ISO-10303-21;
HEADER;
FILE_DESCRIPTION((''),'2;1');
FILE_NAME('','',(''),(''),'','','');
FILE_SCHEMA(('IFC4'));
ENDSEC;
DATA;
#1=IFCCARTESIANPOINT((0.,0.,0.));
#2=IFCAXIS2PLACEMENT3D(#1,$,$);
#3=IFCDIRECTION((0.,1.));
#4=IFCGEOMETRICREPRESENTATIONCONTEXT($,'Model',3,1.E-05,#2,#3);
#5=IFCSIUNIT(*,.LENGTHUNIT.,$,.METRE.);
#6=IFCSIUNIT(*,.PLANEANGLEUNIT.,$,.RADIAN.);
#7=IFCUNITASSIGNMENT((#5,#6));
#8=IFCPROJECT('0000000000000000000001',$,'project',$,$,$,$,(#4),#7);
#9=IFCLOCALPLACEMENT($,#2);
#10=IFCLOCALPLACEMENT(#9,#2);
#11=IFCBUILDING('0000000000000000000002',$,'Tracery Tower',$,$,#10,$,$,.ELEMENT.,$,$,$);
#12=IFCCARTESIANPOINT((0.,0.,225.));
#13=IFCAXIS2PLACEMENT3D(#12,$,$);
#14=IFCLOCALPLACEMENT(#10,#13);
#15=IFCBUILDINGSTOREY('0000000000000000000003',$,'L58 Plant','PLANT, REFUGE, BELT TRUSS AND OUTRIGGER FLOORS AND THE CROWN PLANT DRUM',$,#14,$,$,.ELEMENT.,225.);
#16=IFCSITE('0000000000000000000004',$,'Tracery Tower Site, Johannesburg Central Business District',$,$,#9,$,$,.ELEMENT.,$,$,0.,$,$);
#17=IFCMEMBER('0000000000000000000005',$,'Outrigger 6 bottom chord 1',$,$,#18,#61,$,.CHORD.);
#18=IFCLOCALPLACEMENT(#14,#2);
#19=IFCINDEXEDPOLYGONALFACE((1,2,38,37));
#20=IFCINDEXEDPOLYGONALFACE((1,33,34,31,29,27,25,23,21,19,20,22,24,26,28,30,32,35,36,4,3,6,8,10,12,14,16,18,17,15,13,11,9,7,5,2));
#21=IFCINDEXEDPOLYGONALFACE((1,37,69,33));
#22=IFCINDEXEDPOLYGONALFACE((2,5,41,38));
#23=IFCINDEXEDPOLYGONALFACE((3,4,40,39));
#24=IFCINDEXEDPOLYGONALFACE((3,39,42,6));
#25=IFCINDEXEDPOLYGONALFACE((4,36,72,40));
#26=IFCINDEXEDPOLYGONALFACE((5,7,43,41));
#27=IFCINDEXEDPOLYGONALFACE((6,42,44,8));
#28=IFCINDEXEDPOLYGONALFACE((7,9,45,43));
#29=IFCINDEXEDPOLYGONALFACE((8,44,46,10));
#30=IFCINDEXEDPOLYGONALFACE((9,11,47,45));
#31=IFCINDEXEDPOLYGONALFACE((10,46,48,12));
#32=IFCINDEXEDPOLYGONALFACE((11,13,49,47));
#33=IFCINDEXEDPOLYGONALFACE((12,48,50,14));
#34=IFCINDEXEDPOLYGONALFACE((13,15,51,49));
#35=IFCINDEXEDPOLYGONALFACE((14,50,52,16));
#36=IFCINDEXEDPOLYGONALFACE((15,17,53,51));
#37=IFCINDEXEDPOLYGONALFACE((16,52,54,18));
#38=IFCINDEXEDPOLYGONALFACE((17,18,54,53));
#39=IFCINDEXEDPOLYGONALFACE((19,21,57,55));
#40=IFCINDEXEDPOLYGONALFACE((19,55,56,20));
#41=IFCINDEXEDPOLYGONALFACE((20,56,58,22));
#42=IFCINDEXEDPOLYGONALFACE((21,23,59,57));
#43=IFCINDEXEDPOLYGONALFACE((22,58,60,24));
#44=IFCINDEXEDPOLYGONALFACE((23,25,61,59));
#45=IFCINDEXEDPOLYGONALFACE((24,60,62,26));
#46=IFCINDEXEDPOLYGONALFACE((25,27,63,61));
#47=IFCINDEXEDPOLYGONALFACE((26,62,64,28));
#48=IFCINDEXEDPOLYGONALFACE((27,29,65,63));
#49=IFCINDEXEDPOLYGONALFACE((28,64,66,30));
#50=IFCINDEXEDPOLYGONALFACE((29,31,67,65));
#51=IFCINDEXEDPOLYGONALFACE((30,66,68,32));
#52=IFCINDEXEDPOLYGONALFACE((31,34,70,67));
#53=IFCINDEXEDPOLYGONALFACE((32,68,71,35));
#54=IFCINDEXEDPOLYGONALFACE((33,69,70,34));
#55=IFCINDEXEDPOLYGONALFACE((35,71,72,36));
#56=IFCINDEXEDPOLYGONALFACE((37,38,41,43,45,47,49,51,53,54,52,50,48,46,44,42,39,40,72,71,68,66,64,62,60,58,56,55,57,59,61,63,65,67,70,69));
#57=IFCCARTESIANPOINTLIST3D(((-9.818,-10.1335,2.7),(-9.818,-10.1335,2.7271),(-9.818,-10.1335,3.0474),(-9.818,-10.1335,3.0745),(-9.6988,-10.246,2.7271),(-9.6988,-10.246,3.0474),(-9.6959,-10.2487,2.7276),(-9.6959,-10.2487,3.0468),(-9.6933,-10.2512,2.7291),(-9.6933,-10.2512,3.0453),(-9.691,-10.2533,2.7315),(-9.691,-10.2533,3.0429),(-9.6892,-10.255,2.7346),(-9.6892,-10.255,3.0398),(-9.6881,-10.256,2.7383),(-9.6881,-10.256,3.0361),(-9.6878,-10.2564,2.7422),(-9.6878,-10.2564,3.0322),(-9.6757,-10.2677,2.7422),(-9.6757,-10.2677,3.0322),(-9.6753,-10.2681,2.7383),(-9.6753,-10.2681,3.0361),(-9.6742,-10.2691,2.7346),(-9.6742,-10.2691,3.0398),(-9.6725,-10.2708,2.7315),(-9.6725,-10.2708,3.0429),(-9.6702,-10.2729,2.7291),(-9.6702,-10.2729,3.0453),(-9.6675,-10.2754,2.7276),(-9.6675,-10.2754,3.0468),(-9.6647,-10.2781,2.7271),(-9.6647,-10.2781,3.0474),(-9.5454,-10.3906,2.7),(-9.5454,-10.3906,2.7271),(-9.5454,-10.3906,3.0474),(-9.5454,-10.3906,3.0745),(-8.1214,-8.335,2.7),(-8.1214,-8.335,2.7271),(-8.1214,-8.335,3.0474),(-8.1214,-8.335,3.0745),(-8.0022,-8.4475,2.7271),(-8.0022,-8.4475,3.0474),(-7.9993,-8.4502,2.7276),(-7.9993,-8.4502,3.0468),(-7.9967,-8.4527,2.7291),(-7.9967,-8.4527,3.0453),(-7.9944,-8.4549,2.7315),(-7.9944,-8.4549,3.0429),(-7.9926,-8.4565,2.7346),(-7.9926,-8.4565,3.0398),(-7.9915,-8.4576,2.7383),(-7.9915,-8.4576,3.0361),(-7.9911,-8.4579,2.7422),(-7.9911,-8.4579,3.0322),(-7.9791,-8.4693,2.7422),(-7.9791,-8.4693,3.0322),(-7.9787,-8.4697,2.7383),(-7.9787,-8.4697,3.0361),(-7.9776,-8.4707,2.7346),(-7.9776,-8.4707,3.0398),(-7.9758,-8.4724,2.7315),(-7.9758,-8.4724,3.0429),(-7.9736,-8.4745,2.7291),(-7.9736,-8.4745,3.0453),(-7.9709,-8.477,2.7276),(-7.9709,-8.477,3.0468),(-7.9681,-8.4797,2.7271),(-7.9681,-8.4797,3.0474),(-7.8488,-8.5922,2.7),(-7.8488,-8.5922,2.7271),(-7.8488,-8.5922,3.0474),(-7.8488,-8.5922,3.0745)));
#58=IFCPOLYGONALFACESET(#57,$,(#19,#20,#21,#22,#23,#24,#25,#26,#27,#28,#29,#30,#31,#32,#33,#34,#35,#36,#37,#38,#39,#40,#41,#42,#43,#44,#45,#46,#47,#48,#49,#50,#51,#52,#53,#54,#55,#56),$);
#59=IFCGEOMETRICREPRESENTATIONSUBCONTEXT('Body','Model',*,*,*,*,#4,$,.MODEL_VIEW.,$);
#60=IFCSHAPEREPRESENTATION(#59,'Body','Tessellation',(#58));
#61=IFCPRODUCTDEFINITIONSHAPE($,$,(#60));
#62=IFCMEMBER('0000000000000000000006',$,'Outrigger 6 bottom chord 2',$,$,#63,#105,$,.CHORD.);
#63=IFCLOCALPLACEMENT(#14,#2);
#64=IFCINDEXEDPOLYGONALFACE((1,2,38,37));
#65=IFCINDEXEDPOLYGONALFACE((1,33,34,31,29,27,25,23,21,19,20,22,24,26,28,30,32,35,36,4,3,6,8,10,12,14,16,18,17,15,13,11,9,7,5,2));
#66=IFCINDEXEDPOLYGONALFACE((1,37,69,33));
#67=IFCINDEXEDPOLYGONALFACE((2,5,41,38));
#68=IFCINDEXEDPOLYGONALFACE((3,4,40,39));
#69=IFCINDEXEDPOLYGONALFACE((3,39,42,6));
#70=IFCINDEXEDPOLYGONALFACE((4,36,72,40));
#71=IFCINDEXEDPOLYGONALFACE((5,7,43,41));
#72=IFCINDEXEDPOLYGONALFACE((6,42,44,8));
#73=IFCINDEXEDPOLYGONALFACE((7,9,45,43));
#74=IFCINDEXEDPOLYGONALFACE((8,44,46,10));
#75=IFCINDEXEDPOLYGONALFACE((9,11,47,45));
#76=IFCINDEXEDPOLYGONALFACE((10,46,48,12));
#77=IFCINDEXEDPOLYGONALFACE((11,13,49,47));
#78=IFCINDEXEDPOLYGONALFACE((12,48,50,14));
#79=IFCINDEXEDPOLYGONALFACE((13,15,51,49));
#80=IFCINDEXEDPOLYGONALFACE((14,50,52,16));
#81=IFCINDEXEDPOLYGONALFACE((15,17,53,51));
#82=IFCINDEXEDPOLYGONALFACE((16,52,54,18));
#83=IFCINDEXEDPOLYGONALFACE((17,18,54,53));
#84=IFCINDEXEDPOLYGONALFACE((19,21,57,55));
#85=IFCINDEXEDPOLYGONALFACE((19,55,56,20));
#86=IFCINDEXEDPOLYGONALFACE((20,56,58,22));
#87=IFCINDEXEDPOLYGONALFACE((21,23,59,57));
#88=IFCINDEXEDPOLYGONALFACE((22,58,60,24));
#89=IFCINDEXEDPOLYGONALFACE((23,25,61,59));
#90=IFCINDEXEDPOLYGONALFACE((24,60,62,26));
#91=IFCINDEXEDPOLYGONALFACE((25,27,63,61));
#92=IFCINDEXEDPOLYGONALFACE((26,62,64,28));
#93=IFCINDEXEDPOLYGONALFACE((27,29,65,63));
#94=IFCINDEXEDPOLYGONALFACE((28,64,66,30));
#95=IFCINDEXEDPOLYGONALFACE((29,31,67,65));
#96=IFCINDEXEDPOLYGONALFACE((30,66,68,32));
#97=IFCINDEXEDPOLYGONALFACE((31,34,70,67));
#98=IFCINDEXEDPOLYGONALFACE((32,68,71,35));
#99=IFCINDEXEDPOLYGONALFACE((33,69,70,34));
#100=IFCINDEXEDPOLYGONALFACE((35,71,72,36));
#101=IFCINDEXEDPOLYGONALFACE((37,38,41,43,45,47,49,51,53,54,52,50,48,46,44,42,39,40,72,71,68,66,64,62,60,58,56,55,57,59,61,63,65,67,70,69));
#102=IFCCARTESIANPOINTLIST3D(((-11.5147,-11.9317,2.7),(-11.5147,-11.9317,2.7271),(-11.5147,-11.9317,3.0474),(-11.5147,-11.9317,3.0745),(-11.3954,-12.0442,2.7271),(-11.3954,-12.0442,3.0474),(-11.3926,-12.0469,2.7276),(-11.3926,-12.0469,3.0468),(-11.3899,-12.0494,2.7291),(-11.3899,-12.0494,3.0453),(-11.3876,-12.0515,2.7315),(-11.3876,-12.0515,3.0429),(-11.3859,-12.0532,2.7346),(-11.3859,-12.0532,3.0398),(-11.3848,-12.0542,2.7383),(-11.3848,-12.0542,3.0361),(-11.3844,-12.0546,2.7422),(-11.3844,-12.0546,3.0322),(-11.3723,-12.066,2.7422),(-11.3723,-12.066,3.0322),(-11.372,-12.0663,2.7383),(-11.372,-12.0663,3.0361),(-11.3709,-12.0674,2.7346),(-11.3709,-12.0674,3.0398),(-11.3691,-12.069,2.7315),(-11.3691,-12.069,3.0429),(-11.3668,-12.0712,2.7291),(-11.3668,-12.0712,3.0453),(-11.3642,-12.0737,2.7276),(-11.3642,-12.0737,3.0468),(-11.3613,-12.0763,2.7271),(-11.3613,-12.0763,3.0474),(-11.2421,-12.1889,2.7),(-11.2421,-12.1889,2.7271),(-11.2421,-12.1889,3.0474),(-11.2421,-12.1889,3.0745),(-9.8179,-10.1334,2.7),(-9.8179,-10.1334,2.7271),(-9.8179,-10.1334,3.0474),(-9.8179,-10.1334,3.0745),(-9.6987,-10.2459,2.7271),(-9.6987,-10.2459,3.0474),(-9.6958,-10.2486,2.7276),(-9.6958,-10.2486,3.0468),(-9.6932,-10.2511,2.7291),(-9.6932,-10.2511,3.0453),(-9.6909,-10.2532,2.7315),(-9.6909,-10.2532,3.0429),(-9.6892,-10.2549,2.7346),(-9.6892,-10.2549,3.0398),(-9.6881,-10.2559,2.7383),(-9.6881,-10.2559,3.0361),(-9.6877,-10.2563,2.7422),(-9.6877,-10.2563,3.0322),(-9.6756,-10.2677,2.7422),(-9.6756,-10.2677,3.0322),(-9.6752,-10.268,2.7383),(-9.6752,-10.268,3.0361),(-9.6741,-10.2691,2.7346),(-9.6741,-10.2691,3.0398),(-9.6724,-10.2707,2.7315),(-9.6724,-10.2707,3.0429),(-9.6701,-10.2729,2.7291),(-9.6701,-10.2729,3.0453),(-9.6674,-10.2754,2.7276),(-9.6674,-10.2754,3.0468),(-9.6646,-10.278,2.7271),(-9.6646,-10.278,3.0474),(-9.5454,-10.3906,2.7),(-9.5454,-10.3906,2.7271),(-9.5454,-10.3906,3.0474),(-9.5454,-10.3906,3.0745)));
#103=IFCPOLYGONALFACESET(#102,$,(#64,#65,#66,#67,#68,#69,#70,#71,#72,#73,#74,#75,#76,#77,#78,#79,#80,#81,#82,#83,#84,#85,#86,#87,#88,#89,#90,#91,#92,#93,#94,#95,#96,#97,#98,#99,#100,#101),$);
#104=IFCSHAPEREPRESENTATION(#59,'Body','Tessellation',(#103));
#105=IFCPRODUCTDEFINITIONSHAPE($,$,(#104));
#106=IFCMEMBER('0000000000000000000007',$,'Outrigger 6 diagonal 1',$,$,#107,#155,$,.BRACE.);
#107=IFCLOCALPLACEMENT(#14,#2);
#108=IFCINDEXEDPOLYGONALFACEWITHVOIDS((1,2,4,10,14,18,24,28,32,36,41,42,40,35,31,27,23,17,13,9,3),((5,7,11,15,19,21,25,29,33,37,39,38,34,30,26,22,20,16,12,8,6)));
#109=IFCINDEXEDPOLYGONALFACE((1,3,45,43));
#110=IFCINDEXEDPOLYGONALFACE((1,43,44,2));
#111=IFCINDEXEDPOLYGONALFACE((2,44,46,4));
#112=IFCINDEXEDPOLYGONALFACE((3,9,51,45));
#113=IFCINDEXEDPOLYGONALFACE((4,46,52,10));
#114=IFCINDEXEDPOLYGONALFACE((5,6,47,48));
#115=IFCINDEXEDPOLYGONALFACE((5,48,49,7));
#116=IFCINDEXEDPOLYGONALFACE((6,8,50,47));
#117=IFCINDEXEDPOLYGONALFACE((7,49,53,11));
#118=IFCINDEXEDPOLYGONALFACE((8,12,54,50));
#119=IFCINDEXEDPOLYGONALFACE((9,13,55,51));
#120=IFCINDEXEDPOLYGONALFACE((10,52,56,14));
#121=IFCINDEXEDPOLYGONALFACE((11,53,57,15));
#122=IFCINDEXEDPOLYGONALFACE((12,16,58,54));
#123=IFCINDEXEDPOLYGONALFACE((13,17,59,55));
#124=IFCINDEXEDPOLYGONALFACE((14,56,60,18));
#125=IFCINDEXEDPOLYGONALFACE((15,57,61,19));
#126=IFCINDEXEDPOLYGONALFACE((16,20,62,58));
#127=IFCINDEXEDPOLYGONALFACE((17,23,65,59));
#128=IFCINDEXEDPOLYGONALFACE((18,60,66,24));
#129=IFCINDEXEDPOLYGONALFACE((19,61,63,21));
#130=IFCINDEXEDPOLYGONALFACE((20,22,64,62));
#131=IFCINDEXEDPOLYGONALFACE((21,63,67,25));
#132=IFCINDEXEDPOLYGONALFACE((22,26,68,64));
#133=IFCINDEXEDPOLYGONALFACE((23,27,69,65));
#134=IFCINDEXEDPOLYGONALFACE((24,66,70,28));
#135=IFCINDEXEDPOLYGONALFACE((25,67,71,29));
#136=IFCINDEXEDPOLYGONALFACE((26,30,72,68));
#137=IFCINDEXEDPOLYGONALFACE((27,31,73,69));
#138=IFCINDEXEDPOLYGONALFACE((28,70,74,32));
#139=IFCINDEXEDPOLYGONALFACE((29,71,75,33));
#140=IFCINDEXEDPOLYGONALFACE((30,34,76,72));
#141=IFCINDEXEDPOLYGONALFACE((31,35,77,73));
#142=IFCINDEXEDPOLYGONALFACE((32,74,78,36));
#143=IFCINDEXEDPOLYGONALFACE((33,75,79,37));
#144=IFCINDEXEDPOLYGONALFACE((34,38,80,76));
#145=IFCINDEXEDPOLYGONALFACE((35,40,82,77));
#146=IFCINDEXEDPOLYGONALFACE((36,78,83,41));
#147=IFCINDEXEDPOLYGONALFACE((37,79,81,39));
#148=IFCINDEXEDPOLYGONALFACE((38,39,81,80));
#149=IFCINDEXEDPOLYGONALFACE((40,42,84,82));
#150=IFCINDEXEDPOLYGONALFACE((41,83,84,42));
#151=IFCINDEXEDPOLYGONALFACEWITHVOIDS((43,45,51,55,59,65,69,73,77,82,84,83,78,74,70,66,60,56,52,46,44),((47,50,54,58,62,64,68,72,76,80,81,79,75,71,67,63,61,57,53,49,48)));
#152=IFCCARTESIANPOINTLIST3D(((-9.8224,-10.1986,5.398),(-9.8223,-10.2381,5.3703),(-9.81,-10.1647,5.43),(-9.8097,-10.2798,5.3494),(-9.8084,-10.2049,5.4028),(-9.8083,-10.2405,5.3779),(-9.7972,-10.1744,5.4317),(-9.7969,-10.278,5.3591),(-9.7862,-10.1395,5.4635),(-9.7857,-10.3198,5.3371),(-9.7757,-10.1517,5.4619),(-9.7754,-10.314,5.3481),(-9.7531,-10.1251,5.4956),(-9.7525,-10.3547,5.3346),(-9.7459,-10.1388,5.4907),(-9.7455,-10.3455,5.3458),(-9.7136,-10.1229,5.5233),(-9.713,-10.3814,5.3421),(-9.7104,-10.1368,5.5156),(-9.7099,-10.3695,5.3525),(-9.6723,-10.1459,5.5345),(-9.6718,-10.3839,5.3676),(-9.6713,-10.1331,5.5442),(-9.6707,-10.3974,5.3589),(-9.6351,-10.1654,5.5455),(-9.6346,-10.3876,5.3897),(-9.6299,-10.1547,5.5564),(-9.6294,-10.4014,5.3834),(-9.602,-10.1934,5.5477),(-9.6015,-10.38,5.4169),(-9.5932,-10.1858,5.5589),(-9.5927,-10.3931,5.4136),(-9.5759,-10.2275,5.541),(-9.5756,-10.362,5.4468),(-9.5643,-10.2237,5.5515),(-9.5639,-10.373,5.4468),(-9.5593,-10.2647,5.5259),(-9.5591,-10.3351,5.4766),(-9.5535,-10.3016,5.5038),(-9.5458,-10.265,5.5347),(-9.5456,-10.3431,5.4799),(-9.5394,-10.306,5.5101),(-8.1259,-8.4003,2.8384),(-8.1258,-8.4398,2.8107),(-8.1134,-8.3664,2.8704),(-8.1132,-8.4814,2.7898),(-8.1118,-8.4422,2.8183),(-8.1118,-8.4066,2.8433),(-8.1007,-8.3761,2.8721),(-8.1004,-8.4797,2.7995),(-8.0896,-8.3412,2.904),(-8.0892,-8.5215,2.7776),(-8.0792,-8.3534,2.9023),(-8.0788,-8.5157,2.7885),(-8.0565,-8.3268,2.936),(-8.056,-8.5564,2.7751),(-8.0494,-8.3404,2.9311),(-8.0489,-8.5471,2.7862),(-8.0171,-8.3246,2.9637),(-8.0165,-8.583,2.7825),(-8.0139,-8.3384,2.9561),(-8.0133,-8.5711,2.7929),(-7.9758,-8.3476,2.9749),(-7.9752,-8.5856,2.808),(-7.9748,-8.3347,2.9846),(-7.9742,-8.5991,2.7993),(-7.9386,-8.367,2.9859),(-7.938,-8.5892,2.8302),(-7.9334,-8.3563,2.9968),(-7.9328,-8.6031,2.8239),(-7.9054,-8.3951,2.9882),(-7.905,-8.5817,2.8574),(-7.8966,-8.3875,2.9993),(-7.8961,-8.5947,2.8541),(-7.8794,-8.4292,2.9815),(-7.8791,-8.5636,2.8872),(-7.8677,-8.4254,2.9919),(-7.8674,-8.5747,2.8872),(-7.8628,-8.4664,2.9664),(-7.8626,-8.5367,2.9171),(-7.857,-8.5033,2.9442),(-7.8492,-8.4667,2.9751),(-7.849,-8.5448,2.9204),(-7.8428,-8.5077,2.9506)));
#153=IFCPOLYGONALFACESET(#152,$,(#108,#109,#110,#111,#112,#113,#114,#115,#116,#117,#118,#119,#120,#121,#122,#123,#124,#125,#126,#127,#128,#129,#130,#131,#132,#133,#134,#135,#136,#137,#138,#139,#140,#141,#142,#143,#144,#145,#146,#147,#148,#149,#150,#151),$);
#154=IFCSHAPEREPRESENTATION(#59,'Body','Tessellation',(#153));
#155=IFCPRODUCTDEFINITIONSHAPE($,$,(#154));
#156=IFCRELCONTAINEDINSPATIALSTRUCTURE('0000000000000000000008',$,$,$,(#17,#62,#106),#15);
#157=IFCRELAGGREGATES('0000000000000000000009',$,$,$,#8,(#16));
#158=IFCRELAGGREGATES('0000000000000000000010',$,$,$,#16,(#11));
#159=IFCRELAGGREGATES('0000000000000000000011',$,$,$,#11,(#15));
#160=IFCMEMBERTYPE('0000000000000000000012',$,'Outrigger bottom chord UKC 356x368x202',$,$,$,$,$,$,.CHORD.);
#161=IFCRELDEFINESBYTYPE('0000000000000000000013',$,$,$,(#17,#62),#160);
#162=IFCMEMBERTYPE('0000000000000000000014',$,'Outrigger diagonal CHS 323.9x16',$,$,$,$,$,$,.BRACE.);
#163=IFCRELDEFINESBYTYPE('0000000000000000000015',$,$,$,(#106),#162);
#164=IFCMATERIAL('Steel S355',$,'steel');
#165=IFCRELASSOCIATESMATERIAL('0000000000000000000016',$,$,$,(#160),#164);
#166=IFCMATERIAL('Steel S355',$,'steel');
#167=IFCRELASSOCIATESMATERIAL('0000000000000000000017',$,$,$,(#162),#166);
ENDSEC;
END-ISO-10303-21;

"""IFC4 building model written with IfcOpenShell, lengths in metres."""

from ifc_helpers import new_model, si_unit, direction, frame, origin, origin_2d, place, context, subcontext, project, spatial, hollow_circle, i_section, extrude, material, material_profile, profile_set, type_object, element, save


model = new_model("IFC4")

# Units and contexts
model_context = context("Model", 3, precision=1e-05, world=origin(), true_north=direction((0.0, 1.0)))
body_context = subcontext(model_context, "Body", "Model", "MODEL_VIEW")
ifc_project = project(units=[si_unit("LENGTHUNIT", "METRE"), si_unit("PLANEANGLEUNIT", "RADIAN")], contexts=[model_context])

# Site, building, storey
site_placement = place(None, origin())
site = spatial("IfcSite", under=ifc_project, at=site_placement, Name="Tracery Tower Site, Johannesburg Central Business District", CompositionType="ELEMENT", RefElevation=0.0)
building_placement = place(site_placement, origin())
building = spatial("IfcBuilding", under=site, at=building_placement, Name="Tracery Tower", CompositionType="ELEMENT")
storey_placement = place(building_placement, frame((0.0, 0.0, 225.0)))
storey = spatial("IfcBuildingStorey", under=building, at=storey_placement, Name="L58 Plant", Description="PLANT, REFUGE, BELT TRUSS AND OUTRIGGER FLOORS AND THE CROWN PLANT DRUM", CompositionType="ELEMENT", Elevation=225.0)

# Members
ifc_material_1 = material(Name="Steel S355", Category="steel")
ifc_material_profile_1 = material_profile(ifc_material_1, i_section(OverallWidth=0.3748, OverallDepth=0.3745, WebThickness=0.0166, FlangeThickness=0.0271, FilletRadius=0.0151, at=origin_2d()), Name="UKC 356x368x202")
ifc_profile_set_1 = profile_set([ifc_material_profile_1], Name="Steel S355")
member_type_1 = type_object("IfcMemberType", Name="Outrigger bottom chord UKC 356x368x202", PredefinedType="CHORD", material=ifc_profile_set_1)
for number, where, z_axis, x_axis, name in (
    (1, (-7.9851, -8.4636, 2.8872), (-0.686217, -0.727396, 0.0), (0.727396, -0.686217, 0.0), "Outrigger 6 bottom chord 1"),
    (2, (-9.6816, -10.262, 2.8872), (-0.68627, -0.727347, 0.0), (0.727347, -0.68627, 0.0), "Outrigger 6 bottom chord 2"),
):
    element("IfcMember", number, at=place(storey_placement, frame(where, z_axis=z_axis, x_axis=x_axis)), inside=storey, type_object=member_type_1, Name=name, PredefinedType="CHORD", context=body_context, shape_type="SweptSolid", body=[
        extrude(i_section(OverallWidth=0.3748, OverallDepth=0.3745, WebThickness=0.0166, FlangeThickness=0.0271, FilletRadius=0.0151, at=origin_2d()), origin(), (0.0, 0.0, 1.0), 2.4724),
    ])
ifc_material_2 = material(Name="Steel S355", Category="steel")
ifc_material_profile_2 = material_profile(ifc_material_2, hollow_circle(Radius=0.1619, WallThickness=0.0161, at=origin_2d()), Name="CHS 323.9x16")
ifc_profile_set_2 = profile_set([ifc_material_profile_2], Name="Steel S355")
member_type_2 = type_object("IfcMemberType", Name="Outrigger diagonal CHS 323.9x16", PredefinedType="BRACE", material=ifc_profile_set_2)
member_1_placement = place(storey_placement, frame((-7.9851, -8.4636, 2.8872), z_axis=(-0.476741, -0.50535, 0.719263), x_axis=(0.727396, -0.686217, 0.0)))
element("IfcMember", 3, at=member_1_placement, inside=storey, type_object=member_type_2, Name="Outrigger 6 diagonal 1", PredefinedType="BRACE", context=body_context, shape_type="SweptSolid", body=[
    extrude(hollow_circle(Radius=0.1619, WallThickness=0.0161, at=origin_2d()), origin(), (0.0, 0.0, 1.0), 3.5586),
])

save(model, "model.ifc")
